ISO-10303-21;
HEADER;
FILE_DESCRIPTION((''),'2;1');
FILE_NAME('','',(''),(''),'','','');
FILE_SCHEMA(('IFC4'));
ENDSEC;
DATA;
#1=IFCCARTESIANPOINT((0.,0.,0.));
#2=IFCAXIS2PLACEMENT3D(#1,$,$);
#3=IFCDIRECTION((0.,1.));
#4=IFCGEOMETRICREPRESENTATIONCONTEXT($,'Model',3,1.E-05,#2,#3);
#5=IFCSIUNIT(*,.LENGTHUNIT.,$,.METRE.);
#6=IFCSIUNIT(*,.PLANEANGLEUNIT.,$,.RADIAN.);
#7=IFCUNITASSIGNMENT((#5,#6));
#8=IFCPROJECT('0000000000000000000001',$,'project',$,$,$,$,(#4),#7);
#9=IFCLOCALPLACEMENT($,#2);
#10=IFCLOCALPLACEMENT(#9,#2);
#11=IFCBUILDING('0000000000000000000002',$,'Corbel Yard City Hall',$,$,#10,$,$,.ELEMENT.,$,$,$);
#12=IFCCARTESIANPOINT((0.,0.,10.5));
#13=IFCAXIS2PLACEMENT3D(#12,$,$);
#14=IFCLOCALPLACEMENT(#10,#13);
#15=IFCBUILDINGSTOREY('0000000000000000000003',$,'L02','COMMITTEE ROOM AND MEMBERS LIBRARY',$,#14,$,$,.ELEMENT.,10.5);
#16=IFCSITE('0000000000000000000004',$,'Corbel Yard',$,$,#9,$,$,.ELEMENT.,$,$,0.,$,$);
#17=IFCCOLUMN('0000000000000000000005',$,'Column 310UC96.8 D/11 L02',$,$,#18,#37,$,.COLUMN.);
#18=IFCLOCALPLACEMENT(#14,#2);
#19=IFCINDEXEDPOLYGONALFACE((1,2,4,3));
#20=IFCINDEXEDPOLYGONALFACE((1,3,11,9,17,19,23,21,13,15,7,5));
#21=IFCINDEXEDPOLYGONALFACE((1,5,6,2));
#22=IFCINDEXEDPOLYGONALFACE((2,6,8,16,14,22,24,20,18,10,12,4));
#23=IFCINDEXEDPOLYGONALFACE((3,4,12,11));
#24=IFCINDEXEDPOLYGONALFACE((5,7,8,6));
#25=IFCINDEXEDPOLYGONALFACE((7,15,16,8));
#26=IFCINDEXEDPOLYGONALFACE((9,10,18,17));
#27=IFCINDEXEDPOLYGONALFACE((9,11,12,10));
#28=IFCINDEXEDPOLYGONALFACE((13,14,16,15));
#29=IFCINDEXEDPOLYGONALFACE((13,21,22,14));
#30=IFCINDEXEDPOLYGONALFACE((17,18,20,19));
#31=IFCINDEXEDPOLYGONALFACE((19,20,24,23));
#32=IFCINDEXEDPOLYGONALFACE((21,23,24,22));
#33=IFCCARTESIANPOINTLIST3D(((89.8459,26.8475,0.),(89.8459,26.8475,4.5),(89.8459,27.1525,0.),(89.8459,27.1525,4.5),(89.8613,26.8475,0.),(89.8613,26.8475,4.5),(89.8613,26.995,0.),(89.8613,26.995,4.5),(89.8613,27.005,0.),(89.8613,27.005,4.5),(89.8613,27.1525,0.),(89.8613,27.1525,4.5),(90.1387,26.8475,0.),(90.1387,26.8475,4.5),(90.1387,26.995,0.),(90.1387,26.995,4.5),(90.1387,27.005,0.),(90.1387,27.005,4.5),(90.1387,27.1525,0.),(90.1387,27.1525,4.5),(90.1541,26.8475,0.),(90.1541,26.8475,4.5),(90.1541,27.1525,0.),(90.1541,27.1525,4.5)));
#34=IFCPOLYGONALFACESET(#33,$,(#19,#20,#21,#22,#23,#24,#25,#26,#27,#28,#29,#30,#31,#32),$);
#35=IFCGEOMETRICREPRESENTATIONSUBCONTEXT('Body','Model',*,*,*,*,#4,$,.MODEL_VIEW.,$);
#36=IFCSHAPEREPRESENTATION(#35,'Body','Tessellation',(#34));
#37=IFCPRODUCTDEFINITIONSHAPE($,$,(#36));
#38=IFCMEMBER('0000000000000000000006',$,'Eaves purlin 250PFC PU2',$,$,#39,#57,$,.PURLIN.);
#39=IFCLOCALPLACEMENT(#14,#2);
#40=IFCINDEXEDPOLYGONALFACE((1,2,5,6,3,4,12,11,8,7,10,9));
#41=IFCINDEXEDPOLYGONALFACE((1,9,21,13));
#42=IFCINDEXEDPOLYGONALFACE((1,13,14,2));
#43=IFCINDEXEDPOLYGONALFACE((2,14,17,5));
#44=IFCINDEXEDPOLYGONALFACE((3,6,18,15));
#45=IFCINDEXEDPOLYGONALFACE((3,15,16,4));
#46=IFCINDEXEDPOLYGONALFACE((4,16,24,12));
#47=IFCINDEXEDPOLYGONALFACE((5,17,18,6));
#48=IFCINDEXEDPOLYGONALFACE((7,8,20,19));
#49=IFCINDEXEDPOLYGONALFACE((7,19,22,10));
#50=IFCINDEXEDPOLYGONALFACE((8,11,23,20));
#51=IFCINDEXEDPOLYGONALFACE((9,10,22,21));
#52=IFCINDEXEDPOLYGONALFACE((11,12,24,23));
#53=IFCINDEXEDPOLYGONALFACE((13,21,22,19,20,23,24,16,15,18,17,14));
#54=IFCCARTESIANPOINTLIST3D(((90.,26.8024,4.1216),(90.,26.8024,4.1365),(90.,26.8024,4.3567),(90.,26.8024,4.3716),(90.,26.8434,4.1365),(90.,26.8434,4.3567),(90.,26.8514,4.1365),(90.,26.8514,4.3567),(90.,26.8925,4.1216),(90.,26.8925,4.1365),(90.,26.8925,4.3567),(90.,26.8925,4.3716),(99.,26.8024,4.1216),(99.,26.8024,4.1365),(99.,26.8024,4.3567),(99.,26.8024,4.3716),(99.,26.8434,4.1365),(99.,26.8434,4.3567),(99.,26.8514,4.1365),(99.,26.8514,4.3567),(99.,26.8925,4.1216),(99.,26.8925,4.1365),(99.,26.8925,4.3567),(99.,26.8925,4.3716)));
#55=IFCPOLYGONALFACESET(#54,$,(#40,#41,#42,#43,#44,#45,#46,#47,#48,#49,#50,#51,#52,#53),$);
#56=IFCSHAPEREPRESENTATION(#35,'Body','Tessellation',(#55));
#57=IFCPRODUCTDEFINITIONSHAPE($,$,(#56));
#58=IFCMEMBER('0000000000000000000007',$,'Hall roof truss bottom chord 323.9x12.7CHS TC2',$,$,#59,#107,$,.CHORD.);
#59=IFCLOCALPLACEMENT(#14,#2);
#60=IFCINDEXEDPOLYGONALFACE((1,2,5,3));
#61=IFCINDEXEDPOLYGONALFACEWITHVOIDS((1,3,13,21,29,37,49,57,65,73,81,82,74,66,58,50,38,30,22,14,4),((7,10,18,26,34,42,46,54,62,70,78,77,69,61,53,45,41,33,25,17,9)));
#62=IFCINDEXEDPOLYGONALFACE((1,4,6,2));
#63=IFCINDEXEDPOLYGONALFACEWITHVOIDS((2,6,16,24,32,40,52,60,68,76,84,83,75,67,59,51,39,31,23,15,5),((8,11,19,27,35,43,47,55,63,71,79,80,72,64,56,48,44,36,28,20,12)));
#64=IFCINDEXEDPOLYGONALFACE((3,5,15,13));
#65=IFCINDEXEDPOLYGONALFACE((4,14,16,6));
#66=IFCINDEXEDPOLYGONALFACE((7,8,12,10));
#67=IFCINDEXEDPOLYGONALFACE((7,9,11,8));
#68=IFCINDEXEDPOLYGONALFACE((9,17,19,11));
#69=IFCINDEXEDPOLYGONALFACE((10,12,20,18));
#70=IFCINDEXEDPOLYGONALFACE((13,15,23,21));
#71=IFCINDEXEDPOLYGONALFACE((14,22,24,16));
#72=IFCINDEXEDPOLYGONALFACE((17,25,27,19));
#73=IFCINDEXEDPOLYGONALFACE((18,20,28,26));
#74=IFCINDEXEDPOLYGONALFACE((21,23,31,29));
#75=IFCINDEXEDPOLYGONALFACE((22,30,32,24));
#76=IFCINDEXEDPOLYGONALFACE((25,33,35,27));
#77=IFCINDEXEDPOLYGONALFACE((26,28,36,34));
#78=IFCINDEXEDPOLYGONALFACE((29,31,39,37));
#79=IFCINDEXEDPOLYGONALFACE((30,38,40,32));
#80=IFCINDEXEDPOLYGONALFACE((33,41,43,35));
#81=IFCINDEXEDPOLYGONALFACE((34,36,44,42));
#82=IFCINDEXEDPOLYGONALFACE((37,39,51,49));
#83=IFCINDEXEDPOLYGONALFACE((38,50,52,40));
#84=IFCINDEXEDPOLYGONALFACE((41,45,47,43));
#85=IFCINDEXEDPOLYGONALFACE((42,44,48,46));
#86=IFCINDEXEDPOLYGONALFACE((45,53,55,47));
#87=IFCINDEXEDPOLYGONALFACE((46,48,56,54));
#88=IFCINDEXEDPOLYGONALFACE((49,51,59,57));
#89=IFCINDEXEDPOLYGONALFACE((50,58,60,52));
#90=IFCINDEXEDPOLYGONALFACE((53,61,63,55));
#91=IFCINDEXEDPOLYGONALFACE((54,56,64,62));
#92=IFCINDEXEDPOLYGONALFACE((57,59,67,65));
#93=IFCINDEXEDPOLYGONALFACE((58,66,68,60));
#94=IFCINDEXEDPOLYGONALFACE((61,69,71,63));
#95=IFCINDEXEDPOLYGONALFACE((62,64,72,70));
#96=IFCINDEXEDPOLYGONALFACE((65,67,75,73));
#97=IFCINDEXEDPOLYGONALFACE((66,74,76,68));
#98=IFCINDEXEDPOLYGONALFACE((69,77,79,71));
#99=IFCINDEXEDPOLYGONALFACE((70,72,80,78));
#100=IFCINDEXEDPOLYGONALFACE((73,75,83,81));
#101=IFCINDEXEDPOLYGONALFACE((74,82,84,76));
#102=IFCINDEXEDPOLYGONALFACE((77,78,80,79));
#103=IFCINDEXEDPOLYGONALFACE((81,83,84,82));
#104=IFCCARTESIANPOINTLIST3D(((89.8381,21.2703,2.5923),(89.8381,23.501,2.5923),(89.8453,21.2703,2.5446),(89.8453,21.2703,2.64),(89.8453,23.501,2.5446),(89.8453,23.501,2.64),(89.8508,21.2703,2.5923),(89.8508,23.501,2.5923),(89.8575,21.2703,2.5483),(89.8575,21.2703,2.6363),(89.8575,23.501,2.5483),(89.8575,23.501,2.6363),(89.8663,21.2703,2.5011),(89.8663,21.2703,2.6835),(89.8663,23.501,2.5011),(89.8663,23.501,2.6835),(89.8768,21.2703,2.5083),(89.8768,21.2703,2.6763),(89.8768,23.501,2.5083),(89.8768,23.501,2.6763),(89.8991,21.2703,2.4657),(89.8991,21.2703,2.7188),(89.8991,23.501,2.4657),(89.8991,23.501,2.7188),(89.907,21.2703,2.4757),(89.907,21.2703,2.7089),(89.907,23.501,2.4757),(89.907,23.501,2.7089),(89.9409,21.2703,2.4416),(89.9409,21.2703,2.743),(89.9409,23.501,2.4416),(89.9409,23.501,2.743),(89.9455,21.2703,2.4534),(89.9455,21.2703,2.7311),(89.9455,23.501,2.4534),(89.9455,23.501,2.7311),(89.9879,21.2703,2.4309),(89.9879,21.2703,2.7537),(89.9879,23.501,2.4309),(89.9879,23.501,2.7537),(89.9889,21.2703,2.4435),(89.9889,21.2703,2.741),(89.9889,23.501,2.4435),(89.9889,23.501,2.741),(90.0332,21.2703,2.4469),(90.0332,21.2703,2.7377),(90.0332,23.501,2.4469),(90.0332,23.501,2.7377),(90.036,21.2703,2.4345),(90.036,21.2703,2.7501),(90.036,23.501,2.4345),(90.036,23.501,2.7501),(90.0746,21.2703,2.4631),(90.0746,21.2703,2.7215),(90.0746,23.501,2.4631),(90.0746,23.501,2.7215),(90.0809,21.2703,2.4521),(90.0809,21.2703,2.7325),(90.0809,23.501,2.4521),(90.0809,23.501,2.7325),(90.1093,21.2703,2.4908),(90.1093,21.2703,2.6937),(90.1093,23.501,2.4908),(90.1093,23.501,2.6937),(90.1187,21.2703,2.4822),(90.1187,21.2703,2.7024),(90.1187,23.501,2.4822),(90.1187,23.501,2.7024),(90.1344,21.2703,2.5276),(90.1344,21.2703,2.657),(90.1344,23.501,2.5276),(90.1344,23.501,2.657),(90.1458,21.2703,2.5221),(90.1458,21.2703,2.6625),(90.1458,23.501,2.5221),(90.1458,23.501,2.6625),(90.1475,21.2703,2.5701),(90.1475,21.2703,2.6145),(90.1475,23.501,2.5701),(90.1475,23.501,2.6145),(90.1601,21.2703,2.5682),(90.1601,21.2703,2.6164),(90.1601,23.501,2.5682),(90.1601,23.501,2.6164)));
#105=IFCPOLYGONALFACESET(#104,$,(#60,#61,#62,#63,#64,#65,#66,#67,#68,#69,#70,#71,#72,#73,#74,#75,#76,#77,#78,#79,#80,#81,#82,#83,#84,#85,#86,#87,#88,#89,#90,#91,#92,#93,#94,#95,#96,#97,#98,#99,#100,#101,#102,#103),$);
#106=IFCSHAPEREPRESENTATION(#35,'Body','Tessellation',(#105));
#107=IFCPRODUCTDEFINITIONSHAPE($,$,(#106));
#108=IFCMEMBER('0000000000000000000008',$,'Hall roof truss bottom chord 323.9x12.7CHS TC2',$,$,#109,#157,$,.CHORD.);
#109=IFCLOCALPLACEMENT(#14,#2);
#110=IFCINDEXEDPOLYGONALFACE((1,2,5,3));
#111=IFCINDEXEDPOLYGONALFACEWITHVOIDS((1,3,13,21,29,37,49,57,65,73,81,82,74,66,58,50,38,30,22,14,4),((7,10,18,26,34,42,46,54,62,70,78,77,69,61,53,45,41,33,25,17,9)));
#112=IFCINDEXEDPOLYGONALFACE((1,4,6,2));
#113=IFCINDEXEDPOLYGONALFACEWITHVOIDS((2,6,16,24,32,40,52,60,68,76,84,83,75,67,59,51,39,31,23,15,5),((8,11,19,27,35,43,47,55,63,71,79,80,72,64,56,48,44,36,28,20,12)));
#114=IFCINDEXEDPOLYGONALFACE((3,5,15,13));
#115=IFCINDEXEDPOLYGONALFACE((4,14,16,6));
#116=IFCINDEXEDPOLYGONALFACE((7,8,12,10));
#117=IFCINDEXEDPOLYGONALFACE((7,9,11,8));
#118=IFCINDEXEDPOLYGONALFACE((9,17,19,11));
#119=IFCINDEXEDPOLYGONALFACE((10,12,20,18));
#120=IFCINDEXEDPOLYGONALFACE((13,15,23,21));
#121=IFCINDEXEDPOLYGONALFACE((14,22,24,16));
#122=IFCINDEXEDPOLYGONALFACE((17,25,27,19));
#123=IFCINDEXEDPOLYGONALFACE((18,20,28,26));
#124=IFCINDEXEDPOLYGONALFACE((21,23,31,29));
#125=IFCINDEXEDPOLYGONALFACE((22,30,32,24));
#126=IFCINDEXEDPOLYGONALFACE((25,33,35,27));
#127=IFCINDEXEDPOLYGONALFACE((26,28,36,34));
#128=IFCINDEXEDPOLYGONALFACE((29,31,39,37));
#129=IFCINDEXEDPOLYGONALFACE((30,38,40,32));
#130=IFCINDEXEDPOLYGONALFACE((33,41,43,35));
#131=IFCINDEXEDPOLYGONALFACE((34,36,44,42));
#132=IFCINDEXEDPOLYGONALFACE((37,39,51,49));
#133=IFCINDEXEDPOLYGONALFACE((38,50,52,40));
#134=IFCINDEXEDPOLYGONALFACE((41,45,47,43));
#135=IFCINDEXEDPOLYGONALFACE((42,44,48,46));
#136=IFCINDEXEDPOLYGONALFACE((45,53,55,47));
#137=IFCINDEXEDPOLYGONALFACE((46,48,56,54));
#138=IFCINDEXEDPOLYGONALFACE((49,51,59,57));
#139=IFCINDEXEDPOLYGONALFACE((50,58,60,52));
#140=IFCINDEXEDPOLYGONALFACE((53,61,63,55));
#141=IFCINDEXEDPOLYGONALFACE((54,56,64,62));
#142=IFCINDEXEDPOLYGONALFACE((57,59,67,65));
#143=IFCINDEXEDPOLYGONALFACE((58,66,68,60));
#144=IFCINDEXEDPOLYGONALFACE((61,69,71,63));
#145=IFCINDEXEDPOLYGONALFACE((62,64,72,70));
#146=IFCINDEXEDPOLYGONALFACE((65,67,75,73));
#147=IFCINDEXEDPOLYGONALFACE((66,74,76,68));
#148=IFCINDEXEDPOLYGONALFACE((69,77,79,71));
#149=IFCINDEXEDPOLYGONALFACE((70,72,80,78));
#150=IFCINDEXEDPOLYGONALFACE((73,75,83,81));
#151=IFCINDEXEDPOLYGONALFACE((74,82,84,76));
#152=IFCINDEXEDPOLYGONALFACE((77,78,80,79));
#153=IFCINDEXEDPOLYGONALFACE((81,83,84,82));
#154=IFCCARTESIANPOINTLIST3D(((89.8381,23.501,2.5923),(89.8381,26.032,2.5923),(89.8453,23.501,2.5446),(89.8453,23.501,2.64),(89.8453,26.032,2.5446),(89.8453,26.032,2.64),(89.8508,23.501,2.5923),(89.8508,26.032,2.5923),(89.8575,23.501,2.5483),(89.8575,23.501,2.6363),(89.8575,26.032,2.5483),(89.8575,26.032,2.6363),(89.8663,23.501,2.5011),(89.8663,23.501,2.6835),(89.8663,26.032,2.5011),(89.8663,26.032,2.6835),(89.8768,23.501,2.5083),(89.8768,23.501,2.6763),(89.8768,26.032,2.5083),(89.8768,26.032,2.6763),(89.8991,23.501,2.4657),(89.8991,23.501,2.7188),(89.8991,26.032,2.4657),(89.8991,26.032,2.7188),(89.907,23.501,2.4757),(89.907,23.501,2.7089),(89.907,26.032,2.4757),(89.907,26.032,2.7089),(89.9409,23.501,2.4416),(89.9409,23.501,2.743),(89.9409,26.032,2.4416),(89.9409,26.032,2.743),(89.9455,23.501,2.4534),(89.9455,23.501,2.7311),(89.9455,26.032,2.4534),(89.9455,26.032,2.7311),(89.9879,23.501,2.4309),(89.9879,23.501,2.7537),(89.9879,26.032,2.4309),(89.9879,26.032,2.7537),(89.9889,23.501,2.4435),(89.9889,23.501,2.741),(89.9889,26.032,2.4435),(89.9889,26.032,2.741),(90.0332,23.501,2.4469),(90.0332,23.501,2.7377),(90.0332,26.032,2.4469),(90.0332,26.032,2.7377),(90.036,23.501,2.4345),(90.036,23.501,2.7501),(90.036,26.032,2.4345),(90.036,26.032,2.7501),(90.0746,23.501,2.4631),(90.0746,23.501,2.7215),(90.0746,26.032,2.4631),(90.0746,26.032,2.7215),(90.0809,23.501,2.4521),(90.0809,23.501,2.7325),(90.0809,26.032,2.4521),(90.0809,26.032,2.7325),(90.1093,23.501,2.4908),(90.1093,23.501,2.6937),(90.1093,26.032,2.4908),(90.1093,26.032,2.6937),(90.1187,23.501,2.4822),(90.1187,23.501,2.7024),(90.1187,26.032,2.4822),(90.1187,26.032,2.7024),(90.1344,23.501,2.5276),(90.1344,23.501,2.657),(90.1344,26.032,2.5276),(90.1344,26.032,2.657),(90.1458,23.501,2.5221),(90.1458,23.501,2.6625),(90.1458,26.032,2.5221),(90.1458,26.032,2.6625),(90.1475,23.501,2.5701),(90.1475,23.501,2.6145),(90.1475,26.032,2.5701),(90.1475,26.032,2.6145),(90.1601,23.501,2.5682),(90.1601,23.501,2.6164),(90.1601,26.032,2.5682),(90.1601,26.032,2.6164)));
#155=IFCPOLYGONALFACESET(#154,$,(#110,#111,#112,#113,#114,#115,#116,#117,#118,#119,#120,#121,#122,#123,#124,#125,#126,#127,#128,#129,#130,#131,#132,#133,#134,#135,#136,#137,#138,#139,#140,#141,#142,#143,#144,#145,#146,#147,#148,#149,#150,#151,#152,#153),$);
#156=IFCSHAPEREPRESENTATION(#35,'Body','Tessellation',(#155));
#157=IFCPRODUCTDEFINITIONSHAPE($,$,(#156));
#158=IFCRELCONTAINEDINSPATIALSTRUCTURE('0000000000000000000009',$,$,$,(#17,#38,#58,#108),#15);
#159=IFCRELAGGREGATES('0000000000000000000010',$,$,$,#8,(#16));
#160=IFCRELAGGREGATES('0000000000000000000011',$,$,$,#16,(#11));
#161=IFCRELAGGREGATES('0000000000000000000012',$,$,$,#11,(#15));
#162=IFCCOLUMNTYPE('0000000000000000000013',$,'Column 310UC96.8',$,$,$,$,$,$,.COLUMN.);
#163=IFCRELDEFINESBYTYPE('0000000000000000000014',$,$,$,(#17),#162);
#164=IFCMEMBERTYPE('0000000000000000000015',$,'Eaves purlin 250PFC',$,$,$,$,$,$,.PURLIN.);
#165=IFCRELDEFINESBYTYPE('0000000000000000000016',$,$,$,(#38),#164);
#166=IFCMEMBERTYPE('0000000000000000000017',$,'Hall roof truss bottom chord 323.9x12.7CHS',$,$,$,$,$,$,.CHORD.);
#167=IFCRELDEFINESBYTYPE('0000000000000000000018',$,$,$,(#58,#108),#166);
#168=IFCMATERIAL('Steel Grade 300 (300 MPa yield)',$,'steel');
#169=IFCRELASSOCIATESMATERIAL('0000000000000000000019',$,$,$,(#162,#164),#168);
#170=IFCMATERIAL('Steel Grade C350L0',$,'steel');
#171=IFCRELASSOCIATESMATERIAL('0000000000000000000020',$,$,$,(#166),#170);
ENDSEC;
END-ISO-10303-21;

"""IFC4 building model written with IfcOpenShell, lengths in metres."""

from ifc_helpers import new_model, si_unit, direction, frame, origin, origin_2d, place, context, subcontext, project, spatial, hollow_circle, i_section, extrude, material, material_profile, profile_set, type_object, element, save


model = new_model("IFC4")

# Units and contexts
model_context = context("Model", 3, precision=1e-05, world=origin(), true_north=direction((0.0, 1.0)))
body_context = subcontext(model_context, "Body", "Model", "MODEL_VIEW")
ifc_project = project(units=[si_unit("LENGTHUNIT", "METRE"), si_unit("PLANEANGLEUNIT", "RADIAN")], contexts=[model_context])

# Site, building, storey
site_placement = place(None, origin())
site = spatial("IfcSite", under=ifc_project, at=site_placement, Name="Corbel Yard", CompositionType="ELEMENT", RefElevation=0.0)
building_placement = place(site_placement, origin())
building = spatial("IfcBuilding", under=site, at=building_placement, Name="Corbel Yard City Hall", CompositionType="ELEMENT")
storey_placement = place(building_placement, frame((0.0, 0.0, 10.5)))
storey = spatial("IfcBuildingStorey", under=building, at=storey_placement, Name="L02", Description="COMMITTEE ROOM AND MEMBERS LIBRARY", CompositionType="ELEMENT", Elevation=10.5)

# Column
ifc_material_1 = material(Name="Steel Grade 300 (300 MPa yield)", Category="steel")
ifc_material_profile_1 = material_profile(ifc_material_1, i_section(OverallWidth=0.3049, OverallDepth=0.3081, WebThickness=0.01, FlangeThickness=0.0154, at=origin_2d()), Name="310UC96.8")
ifc_profile_set_1 = profile_set([ifc_material_profile_1], Name="Steel Grade 300 (300 MPa yield)")
column_type = type_object("IfcColumnType", Name="Column 310UC96.8", PredefinedType="COLUMN", material=ifc_profile_set_1)
column_placement = place(storey_placement, frame((90.0, 27.0, 0.0), z_axis=(0.0, 0.0, 1.0), x_axis=(0.0, 1.0, 0.0)))
element("IfcColumn", 1, at=column_placement, inside=storey, type_object=column_type, Name="Column 310UC96.8 D/11 L02", PredefinedType="COLUMN", context=body_context, shape_type="SweptSolid", body=[
    extrude(i_section(OverallWidth=0.3049, OverallDepth=0.3081, WebThickness=0.01, FlangeThickness=0.0154, at=origin_2d()), origin(), (0.0, 0.0, 1.0), 4.5),
])

# Members
ifc_material_profile_2 = material_profile(ifc_material_1, i_section(OverallWidth=0.0901, OverallDepth=0.25, WebThickness=0.0081, FlangeThickness=0.0149, at=origin_2d()), Name="250PFC")
ifc_profile_set_2 = profile_set([ifc_material_profile_2], Name="Steel Grade 300 (300 MPa yield)")
member_type_1 = type_object("IfcMemberType", Name="Eaves purlin 250PFC", PredefinedType="PURLIN", material=ifc_profile_set_2)
member_1_placement = place(storey_placement, frame((90.0, 26.8474, 4.2466), z_axis=(1.0, 0.0, 0.0), x_axis=(0.0, 1.0, 0.0)))
element("IfcMember", 2, at=member_1_placement, inside=storey, type_object=member_type_1, Name="Eaves purlin 250PFC PU2", PredefinedType="PURLIN", context=body_context, shape_type="SweptSolid", body=[
    extrude(i_section(OverallWidth=0.0901, OverallDepth=0.25, WebThickness=0.0081, FlangeThickness=0.0149, at=origin_2d()), origin(), (0.0, 0.0, 1.0), 9.0),
])
ifc_material_2 = material(Name="Steel Grade C350L0", Category="steel")
ifc_material_profile_3 = material_profile(ifc_material_2, hollow_circle(Radius=0.1619, WallThickness=0.0127, at=origin_2d()), Name="323.9x12.7CHS")
ifc_profile_set_3 = profile_set([ifc_material_profile_3], Name="Steel Grade C350L0")
member_type_2 = type_object("IfcMemberType", Name="Hall roof truss bottom chord 323.9x12.7CHS", PredefinedType="CHORD", material=ifc_profile_set_3)
member_2_placement = place(storey_placement, frame((90.0, 21.2703, 2.5923), z_axis=(0.0, 1.0, 0.0), x_axis=(-1.0, 0.0, 0.0)))
element("IfcMember", 3, at=member_2_placement, inside=storey, type_object=member_type_2, Name="Hall roof truss bottom chord 323.9x12.7CHS TC2", PredefinedType="CHORD", context=body_context, shape_type="SweptSolid", body=[
    extrude(hollow_circle(Radius=0.1619, WallThickness=0.0127, at=origin_2d()), origin(), (0.0, 0.0, 1.0), 2.2307),
])
member_3_placement = place(storey_placement, frame((90.0, 23.501, 2.5923), z_axis=(0.0, 1.0, 0.0), x_axis=(-1.0, 0.0, 0.0)))
element("IfcMember", 4, at=member_3_placement, inside=storey, type_object=member_type_2, Name="Hall roof truss bottom chord 323.9x12.7CHS TC2", PredefinedType="CHORD", context=body_context, shape_type="SweptSolid", body=[
    extrude(hollow_circle(Radius=0.1619, WallThickness=0.0127, at=origin_2d()), origin(), (0.0, 0.0, 1.0), 2.531),
])

save(model, "model.ifc")
